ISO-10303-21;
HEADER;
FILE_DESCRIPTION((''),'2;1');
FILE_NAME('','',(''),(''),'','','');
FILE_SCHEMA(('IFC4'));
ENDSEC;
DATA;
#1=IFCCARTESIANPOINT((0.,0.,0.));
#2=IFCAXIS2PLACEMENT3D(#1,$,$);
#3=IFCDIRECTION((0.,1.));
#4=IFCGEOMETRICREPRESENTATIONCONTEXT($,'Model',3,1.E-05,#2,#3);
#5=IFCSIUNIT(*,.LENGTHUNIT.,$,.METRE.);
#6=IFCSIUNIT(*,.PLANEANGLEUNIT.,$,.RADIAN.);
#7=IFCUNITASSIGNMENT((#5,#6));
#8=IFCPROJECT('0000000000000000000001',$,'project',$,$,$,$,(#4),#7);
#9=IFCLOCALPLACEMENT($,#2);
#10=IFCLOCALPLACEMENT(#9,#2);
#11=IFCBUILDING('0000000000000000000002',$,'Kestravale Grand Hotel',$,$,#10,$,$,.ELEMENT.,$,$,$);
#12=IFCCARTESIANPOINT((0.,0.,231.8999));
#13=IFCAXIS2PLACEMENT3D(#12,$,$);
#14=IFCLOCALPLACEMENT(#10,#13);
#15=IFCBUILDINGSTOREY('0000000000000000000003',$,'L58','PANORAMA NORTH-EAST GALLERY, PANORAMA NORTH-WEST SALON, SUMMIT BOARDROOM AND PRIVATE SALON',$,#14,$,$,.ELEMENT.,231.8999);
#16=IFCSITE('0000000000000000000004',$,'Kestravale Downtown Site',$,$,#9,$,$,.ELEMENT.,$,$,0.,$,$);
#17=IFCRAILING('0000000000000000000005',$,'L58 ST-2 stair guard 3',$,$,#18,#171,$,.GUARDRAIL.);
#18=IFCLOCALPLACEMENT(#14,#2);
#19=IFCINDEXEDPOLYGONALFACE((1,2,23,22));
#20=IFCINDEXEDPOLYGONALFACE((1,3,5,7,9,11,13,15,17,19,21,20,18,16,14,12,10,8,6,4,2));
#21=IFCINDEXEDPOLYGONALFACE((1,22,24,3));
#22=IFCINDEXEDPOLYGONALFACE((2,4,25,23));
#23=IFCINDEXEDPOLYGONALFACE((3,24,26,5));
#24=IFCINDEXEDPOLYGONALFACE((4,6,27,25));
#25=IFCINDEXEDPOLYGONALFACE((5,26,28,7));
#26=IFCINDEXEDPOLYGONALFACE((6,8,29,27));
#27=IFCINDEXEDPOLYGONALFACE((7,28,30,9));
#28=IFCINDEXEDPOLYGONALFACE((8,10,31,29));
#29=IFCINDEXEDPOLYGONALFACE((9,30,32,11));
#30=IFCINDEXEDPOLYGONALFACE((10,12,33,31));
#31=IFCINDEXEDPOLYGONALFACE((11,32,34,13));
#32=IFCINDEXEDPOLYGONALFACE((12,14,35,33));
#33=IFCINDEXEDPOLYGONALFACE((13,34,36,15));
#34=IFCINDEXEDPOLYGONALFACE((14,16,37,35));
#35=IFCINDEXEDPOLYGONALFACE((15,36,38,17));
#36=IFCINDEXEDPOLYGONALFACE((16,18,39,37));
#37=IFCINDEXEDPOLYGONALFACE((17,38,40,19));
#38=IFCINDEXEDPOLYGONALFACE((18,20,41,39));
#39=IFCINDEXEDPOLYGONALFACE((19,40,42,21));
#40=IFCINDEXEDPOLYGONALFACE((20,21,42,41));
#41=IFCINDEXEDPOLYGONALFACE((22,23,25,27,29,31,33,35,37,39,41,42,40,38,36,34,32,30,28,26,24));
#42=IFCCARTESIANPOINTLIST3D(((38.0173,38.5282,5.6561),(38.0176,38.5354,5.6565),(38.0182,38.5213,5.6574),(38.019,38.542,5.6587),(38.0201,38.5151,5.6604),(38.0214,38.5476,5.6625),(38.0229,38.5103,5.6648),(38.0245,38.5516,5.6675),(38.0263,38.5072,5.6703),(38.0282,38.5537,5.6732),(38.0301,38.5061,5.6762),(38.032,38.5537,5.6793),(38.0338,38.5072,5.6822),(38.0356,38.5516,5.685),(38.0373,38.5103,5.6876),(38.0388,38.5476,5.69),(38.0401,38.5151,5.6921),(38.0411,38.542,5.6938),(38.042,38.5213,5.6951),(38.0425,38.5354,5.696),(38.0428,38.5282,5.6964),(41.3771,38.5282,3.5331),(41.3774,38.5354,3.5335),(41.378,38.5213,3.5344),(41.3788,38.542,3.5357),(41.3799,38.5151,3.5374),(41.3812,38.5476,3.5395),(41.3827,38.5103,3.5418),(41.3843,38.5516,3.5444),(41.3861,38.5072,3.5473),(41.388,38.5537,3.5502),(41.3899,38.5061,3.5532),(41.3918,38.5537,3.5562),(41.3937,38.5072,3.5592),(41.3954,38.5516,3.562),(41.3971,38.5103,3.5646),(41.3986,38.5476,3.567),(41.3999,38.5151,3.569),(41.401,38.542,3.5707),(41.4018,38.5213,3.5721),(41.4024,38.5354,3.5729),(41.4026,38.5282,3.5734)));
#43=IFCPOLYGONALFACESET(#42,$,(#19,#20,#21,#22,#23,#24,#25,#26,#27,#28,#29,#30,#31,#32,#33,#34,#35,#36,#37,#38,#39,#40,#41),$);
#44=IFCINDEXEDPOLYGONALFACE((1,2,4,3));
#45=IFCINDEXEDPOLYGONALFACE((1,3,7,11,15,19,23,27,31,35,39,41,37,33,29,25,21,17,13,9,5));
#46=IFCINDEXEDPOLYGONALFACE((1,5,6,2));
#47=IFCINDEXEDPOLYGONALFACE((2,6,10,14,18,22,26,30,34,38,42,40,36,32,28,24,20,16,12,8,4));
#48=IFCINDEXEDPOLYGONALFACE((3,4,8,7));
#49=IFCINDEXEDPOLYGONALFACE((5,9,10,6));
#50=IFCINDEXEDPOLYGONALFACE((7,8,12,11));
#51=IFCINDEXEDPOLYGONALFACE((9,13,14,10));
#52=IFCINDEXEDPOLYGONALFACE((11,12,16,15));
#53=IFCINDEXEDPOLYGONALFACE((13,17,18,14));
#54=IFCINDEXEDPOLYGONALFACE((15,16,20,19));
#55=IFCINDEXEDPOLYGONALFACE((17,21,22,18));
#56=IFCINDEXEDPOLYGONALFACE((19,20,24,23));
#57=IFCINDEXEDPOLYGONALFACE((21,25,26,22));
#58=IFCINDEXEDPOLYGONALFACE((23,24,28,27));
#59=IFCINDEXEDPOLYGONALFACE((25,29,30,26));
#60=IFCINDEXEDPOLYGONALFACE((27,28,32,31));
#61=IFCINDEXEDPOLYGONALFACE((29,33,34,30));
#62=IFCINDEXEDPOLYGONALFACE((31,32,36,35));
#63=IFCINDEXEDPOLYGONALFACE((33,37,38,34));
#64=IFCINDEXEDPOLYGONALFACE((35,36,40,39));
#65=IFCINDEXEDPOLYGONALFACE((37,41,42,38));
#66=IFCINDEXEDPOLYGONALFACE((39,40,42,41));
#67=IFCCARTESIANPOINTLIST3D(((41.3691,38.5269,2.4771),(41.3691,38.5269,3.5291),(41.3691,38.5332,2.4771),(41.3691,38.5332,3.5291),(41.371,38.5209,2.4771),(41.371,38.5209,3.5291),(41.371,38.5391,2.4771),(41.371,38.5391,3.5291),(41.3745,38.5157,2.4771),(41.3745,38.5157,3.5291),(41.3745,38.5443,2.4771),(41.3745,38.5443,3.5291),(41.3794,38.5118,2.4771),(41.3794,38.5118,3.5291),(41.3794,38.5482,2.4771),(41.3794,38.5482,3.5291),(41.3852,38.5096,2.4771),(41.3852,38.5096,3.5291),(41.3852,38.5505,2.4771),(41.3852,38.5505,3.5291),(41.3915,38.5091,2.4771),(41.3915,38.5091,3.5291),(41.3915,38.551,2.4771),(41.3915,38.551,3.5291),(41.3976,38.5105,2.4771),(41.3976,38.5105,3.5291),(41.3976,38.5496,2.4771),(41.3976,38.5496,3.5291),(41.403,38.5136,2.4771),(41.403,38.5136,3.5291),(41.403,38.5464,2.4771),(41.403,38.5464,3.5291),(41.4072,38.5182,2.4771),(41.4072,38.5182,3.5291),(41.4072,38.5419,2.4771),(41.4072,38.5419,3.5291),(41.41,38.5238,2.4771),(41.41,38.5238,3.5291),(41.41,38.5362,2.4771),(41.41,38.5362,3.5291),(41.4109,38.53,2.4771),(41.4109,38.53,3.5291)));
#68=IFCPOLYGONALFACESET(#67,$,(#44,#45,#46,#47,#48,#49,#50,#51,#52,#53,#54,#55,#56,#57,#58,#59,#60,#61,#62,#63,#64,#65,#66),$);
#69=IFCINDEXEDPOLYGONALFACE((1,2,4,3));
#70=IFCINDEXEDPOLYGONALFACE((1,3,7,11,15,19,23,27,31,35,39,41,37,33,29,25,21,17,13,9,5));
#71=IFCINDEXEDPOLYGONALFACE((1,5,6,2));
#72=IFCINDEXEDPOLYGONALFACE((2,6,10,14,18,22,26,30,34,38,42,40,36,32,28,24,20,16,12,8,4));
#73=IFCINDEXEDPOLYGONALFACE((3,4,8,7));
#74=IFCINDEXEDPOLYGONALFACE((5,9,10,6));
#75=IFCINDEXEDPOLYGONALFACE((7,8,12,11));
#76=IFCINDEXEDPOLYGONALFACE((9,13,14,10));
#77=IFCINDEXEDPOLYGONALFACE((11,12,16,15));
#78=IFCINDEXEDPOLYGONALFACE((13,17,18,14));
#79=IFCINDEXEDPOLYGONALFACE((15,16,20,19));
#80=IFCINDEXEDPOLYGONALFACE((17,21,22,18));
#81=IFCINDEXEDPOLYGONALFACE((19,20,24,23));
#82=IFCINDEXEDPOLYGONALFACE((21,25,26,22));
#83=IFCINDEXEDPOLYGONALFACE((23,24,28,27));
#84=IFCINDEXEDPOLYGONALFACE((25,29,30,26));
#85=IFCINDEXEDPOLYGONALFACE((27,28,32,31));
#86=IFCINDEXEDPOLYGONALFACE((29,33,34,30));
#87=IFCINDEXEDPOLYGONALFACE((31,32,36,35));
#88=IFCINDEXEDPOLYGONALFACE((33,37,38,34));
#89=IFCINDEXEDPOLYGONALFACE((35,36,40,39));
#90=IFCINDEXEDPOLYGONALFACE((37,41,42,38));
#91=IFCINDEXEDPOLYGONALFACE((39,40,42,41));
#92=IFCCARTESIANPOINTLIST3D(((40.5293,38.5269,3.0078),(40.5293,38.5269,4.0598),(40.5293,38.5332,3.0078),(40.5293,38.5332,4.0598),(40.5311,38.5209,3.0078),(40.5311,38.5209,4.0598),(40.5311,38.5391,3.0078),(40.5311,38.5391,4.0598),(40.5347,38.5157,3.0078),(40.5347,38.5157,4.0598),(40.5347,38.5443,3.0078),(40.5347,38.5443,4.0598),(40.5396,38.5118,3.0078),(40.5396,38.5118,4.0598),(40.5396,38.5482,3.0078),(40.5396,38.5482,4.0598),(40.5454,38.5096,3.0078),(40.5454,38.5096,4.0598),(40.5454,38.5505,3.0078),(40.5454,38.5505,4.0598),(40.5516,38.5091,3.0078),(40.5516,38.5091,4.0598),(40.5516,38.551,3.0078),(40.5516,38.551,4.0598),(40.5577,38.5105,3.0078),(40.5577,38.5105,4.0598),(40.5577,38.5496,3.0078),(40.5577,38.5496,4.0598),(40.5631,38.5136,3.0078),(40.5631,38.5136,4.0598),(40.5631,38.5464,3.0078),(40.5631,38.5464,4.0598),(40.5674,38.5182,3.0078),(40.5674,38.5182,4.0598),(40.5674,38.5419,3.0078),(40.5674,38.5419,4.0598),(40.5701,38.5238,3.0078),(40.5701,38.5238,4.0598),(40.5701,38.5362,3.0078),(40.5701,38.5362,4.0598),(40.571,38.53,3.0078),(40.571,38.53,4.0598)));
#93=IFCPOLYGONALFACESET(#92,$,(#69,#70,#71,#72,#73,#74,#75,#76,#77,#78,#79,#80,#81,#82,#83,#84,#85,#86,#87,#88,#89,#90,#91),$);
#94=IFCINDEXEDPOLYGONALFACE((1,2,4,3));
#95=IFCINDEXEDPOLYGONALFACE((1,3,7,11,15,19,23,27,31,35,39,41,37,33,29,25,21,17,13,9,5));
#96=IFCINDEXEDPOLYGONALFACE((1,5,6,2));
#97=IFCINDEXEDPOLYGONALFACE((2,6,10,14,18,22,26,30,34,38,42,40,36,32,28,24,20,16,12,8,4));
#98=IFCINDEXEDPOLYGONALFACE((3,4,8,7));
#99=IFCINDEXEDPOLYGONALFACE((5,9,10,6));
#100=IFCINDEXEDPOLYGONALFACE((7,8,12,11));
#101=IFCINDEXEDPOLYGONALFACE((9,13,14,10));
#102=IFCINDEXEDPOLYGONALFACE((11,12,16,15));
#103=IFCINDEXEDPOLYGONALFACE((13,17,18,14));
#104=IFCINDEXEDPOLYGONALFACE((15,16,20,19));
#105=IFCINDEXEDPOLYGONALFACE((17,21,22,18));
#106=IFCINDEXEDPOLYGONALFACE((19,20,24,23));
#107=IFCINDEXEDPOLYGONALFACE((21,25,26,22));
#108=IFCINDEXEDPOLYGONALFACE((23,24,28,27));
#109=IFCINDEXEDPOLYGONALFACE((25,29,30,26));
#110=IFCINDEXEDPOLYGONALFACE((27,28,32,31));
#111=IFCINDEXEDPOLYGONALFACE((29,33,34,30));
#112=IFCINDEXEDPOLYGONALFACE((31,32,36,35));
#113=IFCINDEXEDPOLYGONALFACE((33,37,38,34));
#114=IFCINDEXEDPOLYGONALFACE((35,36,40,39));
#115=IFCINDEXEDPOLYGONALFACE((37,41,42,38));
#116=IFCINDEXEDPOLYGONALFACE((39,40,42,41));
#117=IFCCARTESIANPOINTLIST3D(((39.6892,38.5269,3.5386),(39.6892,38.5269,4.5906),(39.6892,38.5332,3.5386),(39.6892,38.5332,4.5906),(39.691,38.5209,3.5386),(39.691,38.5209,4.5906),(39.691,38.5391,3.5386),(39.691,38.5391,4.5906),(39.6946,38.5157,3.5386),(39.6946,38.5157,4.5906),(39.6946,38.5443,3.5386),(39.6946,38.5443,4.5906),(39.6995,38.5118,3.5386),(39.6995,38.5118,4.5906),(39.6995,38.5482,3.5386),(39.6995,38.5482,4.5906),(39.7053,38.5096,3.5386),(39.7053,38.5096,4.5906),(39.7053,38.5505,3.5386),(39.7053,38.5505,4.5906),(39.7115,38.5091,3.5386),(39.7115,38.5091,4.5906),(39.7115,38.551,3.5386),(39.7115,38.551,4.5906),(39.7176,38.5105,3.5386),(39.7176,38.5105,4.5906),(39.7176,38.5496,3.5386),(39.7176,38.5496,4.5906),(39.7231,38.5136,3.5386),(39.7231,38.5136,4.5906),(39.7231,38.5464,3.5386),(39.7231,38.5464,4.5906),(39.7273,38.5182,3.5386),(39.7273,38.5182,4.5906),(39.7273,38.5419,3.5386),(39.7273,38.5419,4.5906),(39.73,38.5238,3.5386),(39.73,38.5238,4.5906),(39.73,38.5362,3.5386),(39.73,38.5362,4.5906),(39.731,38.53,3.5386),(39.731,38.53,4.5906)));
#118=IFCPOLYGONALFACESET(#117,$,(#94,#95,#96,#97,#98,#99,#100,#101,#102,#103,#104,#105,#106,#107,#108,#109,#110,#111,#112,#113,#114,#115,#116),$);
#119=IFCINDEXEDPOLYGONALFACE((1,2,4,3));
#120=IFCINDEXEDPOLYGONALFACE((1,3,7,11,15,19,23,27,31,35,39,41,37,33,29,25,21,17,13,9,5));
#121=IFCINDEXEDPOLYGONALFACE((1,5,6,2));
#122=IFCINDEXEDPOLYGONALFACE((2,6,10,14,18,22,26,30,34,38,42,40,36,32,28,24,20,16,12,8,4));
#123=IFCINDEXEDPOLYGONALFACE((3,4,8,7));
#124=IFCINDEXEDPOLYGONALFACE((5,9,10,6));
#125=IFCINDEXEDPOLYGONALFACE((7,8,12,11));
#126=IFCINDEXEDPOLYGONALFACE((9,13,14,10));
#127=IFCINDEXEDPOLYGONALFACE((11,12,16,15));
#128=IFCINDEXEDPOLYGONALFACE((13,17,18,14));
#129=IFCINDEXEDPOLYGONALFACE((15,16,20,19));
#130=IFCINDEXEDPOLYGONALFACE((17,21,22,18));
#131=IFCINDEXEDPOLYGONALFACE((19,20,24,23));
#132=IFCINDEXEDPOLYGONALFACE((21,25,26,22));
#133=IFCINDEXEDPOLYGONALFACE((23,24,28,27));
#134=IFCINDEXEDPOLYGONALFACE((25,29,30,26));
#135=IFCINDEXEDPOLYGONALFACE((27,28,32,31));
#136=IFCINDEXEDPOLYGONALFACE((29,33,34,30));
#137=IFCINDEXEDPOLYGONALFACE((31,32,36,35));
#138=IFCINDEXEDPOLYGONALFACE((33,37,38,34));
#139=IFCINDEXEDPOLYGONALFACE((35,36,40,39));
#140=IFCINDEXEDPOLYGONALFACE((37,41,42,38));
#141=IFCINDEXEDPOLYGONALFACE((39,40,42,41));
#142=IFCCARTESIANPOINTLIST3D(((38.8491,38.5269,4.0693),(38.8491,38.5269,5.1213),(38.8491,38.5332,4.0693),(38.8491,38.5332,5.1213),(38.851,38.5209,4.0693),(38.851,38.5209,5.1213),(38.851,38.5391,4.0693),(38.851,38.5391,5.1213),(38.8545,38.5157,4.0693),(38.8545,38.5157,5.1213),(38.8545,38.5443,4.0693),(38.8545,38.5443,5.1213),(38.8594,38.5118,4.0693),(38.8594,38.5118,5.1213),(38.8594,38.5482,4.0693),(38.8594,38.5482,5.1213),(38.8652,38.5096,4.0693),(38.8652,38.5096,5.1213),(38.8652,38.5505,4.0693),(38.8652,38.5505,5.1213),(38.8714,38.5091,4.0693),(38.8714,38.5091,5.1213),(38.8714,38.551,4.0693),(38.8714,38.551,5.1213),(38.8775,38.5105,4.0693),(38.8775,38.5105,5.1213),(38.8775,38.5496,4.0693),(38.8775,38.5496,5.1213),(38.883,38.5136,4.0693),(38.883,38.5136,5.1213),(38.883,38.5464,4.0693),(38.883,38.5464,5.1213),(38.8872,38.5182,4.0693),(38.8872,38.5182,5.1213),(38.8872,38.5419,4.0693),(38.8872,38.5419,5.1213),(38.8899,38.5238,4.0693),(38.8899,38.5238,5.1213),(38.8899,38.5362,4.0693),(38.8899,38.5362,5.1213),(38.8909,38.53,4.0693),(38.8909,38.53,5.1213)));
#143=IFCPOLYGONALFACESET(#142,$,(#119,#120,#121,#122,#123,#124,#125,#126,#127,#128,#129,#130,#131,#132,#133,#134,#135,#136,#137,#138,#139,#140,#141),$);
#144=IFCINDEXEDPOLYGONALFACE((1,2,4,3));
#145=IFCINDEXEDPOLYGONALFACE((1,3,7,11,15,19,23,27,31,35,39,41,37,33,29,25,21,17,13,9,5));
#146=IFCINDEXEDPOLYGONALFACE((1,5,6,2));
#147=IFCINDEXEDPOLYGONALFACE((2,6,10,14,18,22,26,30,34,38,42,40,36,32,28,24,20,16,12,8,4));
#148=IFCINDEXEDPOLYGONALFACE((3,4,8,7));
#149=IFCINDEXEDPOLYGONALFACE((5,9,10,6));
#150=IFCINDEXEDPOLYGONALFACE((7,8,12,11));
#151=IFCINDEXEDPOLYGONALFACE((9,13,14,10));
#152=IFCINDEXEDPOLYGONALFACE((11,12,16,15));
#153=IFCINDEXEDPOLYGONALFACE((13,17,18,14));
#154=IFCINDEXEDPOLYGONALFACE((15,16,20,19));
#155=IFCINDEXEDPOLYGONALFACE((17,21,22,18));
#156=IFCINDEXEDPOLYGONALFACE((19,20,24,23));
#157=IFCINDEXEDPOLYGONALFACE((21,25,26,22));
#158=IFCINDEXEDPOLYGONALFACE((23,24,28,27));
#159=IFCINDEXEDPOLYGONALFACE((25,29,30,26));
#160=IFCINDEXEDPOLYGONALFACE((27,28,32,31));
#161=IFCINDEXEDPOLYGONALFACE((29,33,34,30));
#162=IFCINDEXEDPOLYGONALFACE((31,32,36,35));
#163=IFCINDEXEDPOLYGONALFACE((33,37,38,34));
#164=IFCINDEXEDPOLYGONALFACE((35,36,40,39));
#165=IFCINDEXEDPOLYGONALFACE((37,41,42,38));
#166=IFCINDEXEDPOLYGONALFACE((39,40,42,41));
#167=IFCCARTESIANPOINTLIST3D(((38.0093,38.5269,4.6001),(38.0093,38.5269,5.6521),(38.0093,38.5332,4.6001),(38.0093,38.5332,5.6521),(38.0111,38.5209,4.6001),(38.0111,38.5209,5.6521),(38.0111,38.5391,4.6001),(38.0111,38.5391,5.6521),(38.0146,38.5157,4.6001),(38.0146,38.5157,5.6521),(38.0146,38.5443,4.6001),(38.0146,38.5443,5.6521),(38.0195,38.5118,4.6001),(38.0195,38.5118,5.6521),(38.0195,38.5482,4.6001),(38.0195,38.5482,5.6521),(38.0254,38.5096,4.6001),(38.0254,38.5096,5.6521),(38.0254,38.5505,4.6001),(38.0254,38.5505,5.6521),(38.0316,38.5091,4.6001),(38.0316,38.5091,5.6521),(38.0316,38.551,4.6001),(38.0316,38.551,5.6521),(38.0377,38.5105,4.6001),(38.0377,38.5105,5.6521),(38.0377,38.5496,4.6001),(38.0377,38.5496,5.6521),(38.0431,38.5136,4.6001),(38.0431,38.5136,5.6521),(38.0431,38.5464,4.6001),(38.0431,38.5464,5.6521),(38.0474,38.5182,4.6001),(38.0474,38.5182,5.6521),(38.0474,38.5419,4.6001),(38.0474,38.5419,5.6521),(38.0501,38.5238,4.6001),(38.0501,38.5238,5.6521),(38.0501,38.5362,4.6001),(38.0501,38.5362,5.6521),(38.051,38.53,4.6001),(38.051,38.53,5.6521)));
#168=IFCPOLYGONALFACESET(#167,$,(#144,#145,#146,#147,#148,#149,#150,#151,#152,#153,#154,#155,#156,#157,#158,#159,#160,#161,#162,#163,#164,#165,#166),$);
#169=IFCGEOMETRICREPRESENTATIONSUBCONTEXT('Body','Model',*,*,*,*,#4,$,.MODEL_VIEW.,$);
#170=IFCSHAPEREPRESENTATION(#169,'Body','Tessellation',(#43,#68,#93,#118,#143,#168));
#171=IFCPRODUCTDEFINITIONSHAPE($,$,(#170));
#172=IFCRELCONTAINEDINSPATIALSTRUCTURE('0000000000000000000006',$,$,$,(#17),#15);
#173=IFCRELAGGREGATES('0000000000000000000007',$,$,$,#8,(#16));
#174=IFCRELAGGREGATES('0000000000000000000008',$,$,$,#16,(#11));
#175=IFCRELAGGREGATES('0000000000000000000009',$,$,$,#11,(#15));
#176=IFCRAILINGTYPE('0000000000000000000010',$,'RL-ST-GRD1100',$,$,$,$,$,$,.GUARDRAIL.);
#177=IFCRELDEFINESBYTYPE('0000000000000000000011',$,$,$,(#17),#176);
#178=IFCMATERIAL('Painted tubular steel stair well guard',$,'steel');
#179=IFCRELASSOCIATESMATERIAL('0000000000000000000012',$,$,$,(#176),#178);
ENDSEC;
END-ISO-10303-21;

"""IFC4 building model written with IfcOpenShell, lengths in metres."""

from ifc_helpers import new_model, si_unit, direction, frame, origin, origin_2d, place, context, subcontext, project, spatial, circle, extrude, material, type_object, element, save


model = new_model("IFC4")

# Units and contexts
model_context = context("Model", 3, precision=1e-05, world=origin(), true_north=direction((0.0, 1.0)))
body_context = subcontext(model_context, "Body", "Model", "MODEL_VIEW")
ifc_project = project(units=[si_unit("LENGTHUNIT", "METRE"), si_unit("PLANEANGLEUNIT", "RADIAN")], contexts=[model_context])

# Site, building, storey
site_placement = place(None, origin())
site = spatial("IfcSite", under=ifc_project, at=site_placement, Name="Kestravale Downtown Site", CompositionType="ELEMENT", RefElevation=0.0)
building_placement = place(site_placement, origin())
building = spatial("IfcBuilding", under=site, at=building_placement, Name="Kestravale Grand Hotel", CompositionType="ELEMENT")
storey_placement = place(building_placement, frame((0.0, 0.0, 231.8999)))
storey = spatial("IfcBuildingStorey", under=building, at=storey_placement, Name="L58", Description="PANORAMA NORTH-EAST GALLERY, PANORAMA NORTH-WEST SALON, SUMMIT BOARDROOM AND PRIVATE SALON", CompositionType="ELEMENT", Elevation=231.8999)

# Railing
ifc_material_1 = material(Name="Painted tubular steel stair well guard", Category="steel")
railing_type_1 = type_object("IfcRailingType", Name="RL-ST-GRD1100", PredefinedType="GUARDRAIL", material=ifc_material_1)
railing_1_placement = place(storey_placement, frame((41.3899, 38.53, 2.4771)))
element("IfcRailing", 1, at=railing_1_placement, inside=storey, type_object=railing_type_1, Name="L58 ST-2 stair guard 3", PredefinedType="GUARDRAIL", context=body_context, shape_type="SweptSolid", body=[
    extrude(circle(Radius=0.0239, at=origin_2d()), frame((0.0, 0.0, 1.0762), z_axis=(-0.845372, 0.0, 0.534178), x_axis=(0.0, -1.0, 0.0)), (0.0, 0.0, 1.0), 3.9744),
    extrude(circle(Radius=0.021, at=origin_2d()), origin(), (0.0, 0.0, 1.0), 1.052),
    extrude(circle(Radius=0.021, at=origin_2d()), frame((-0.8398, 0.0, 0.5308)), (0.0, 0.0, 1.0), 1.052),
    extrude(circle(Radius=0.021, at=origin_2d()), frame((-1.6799, 0.0, 1.0615)), (0.0, 0.0, 1.0), 1.052),
    extrude(circle(Radius=0.021, at=origin_2d()), frame((-2.52, 0.0, 1.5923)), (0.0, 0.0, 1.0), 1.052),
    extrude(circle(Radius=0.021, at=origin_2d()), frame((-3.3599, 0.0, 2.123)), (0.0, 0.0, 1.0), 1.052),
])

save(model, "model.ifc")
